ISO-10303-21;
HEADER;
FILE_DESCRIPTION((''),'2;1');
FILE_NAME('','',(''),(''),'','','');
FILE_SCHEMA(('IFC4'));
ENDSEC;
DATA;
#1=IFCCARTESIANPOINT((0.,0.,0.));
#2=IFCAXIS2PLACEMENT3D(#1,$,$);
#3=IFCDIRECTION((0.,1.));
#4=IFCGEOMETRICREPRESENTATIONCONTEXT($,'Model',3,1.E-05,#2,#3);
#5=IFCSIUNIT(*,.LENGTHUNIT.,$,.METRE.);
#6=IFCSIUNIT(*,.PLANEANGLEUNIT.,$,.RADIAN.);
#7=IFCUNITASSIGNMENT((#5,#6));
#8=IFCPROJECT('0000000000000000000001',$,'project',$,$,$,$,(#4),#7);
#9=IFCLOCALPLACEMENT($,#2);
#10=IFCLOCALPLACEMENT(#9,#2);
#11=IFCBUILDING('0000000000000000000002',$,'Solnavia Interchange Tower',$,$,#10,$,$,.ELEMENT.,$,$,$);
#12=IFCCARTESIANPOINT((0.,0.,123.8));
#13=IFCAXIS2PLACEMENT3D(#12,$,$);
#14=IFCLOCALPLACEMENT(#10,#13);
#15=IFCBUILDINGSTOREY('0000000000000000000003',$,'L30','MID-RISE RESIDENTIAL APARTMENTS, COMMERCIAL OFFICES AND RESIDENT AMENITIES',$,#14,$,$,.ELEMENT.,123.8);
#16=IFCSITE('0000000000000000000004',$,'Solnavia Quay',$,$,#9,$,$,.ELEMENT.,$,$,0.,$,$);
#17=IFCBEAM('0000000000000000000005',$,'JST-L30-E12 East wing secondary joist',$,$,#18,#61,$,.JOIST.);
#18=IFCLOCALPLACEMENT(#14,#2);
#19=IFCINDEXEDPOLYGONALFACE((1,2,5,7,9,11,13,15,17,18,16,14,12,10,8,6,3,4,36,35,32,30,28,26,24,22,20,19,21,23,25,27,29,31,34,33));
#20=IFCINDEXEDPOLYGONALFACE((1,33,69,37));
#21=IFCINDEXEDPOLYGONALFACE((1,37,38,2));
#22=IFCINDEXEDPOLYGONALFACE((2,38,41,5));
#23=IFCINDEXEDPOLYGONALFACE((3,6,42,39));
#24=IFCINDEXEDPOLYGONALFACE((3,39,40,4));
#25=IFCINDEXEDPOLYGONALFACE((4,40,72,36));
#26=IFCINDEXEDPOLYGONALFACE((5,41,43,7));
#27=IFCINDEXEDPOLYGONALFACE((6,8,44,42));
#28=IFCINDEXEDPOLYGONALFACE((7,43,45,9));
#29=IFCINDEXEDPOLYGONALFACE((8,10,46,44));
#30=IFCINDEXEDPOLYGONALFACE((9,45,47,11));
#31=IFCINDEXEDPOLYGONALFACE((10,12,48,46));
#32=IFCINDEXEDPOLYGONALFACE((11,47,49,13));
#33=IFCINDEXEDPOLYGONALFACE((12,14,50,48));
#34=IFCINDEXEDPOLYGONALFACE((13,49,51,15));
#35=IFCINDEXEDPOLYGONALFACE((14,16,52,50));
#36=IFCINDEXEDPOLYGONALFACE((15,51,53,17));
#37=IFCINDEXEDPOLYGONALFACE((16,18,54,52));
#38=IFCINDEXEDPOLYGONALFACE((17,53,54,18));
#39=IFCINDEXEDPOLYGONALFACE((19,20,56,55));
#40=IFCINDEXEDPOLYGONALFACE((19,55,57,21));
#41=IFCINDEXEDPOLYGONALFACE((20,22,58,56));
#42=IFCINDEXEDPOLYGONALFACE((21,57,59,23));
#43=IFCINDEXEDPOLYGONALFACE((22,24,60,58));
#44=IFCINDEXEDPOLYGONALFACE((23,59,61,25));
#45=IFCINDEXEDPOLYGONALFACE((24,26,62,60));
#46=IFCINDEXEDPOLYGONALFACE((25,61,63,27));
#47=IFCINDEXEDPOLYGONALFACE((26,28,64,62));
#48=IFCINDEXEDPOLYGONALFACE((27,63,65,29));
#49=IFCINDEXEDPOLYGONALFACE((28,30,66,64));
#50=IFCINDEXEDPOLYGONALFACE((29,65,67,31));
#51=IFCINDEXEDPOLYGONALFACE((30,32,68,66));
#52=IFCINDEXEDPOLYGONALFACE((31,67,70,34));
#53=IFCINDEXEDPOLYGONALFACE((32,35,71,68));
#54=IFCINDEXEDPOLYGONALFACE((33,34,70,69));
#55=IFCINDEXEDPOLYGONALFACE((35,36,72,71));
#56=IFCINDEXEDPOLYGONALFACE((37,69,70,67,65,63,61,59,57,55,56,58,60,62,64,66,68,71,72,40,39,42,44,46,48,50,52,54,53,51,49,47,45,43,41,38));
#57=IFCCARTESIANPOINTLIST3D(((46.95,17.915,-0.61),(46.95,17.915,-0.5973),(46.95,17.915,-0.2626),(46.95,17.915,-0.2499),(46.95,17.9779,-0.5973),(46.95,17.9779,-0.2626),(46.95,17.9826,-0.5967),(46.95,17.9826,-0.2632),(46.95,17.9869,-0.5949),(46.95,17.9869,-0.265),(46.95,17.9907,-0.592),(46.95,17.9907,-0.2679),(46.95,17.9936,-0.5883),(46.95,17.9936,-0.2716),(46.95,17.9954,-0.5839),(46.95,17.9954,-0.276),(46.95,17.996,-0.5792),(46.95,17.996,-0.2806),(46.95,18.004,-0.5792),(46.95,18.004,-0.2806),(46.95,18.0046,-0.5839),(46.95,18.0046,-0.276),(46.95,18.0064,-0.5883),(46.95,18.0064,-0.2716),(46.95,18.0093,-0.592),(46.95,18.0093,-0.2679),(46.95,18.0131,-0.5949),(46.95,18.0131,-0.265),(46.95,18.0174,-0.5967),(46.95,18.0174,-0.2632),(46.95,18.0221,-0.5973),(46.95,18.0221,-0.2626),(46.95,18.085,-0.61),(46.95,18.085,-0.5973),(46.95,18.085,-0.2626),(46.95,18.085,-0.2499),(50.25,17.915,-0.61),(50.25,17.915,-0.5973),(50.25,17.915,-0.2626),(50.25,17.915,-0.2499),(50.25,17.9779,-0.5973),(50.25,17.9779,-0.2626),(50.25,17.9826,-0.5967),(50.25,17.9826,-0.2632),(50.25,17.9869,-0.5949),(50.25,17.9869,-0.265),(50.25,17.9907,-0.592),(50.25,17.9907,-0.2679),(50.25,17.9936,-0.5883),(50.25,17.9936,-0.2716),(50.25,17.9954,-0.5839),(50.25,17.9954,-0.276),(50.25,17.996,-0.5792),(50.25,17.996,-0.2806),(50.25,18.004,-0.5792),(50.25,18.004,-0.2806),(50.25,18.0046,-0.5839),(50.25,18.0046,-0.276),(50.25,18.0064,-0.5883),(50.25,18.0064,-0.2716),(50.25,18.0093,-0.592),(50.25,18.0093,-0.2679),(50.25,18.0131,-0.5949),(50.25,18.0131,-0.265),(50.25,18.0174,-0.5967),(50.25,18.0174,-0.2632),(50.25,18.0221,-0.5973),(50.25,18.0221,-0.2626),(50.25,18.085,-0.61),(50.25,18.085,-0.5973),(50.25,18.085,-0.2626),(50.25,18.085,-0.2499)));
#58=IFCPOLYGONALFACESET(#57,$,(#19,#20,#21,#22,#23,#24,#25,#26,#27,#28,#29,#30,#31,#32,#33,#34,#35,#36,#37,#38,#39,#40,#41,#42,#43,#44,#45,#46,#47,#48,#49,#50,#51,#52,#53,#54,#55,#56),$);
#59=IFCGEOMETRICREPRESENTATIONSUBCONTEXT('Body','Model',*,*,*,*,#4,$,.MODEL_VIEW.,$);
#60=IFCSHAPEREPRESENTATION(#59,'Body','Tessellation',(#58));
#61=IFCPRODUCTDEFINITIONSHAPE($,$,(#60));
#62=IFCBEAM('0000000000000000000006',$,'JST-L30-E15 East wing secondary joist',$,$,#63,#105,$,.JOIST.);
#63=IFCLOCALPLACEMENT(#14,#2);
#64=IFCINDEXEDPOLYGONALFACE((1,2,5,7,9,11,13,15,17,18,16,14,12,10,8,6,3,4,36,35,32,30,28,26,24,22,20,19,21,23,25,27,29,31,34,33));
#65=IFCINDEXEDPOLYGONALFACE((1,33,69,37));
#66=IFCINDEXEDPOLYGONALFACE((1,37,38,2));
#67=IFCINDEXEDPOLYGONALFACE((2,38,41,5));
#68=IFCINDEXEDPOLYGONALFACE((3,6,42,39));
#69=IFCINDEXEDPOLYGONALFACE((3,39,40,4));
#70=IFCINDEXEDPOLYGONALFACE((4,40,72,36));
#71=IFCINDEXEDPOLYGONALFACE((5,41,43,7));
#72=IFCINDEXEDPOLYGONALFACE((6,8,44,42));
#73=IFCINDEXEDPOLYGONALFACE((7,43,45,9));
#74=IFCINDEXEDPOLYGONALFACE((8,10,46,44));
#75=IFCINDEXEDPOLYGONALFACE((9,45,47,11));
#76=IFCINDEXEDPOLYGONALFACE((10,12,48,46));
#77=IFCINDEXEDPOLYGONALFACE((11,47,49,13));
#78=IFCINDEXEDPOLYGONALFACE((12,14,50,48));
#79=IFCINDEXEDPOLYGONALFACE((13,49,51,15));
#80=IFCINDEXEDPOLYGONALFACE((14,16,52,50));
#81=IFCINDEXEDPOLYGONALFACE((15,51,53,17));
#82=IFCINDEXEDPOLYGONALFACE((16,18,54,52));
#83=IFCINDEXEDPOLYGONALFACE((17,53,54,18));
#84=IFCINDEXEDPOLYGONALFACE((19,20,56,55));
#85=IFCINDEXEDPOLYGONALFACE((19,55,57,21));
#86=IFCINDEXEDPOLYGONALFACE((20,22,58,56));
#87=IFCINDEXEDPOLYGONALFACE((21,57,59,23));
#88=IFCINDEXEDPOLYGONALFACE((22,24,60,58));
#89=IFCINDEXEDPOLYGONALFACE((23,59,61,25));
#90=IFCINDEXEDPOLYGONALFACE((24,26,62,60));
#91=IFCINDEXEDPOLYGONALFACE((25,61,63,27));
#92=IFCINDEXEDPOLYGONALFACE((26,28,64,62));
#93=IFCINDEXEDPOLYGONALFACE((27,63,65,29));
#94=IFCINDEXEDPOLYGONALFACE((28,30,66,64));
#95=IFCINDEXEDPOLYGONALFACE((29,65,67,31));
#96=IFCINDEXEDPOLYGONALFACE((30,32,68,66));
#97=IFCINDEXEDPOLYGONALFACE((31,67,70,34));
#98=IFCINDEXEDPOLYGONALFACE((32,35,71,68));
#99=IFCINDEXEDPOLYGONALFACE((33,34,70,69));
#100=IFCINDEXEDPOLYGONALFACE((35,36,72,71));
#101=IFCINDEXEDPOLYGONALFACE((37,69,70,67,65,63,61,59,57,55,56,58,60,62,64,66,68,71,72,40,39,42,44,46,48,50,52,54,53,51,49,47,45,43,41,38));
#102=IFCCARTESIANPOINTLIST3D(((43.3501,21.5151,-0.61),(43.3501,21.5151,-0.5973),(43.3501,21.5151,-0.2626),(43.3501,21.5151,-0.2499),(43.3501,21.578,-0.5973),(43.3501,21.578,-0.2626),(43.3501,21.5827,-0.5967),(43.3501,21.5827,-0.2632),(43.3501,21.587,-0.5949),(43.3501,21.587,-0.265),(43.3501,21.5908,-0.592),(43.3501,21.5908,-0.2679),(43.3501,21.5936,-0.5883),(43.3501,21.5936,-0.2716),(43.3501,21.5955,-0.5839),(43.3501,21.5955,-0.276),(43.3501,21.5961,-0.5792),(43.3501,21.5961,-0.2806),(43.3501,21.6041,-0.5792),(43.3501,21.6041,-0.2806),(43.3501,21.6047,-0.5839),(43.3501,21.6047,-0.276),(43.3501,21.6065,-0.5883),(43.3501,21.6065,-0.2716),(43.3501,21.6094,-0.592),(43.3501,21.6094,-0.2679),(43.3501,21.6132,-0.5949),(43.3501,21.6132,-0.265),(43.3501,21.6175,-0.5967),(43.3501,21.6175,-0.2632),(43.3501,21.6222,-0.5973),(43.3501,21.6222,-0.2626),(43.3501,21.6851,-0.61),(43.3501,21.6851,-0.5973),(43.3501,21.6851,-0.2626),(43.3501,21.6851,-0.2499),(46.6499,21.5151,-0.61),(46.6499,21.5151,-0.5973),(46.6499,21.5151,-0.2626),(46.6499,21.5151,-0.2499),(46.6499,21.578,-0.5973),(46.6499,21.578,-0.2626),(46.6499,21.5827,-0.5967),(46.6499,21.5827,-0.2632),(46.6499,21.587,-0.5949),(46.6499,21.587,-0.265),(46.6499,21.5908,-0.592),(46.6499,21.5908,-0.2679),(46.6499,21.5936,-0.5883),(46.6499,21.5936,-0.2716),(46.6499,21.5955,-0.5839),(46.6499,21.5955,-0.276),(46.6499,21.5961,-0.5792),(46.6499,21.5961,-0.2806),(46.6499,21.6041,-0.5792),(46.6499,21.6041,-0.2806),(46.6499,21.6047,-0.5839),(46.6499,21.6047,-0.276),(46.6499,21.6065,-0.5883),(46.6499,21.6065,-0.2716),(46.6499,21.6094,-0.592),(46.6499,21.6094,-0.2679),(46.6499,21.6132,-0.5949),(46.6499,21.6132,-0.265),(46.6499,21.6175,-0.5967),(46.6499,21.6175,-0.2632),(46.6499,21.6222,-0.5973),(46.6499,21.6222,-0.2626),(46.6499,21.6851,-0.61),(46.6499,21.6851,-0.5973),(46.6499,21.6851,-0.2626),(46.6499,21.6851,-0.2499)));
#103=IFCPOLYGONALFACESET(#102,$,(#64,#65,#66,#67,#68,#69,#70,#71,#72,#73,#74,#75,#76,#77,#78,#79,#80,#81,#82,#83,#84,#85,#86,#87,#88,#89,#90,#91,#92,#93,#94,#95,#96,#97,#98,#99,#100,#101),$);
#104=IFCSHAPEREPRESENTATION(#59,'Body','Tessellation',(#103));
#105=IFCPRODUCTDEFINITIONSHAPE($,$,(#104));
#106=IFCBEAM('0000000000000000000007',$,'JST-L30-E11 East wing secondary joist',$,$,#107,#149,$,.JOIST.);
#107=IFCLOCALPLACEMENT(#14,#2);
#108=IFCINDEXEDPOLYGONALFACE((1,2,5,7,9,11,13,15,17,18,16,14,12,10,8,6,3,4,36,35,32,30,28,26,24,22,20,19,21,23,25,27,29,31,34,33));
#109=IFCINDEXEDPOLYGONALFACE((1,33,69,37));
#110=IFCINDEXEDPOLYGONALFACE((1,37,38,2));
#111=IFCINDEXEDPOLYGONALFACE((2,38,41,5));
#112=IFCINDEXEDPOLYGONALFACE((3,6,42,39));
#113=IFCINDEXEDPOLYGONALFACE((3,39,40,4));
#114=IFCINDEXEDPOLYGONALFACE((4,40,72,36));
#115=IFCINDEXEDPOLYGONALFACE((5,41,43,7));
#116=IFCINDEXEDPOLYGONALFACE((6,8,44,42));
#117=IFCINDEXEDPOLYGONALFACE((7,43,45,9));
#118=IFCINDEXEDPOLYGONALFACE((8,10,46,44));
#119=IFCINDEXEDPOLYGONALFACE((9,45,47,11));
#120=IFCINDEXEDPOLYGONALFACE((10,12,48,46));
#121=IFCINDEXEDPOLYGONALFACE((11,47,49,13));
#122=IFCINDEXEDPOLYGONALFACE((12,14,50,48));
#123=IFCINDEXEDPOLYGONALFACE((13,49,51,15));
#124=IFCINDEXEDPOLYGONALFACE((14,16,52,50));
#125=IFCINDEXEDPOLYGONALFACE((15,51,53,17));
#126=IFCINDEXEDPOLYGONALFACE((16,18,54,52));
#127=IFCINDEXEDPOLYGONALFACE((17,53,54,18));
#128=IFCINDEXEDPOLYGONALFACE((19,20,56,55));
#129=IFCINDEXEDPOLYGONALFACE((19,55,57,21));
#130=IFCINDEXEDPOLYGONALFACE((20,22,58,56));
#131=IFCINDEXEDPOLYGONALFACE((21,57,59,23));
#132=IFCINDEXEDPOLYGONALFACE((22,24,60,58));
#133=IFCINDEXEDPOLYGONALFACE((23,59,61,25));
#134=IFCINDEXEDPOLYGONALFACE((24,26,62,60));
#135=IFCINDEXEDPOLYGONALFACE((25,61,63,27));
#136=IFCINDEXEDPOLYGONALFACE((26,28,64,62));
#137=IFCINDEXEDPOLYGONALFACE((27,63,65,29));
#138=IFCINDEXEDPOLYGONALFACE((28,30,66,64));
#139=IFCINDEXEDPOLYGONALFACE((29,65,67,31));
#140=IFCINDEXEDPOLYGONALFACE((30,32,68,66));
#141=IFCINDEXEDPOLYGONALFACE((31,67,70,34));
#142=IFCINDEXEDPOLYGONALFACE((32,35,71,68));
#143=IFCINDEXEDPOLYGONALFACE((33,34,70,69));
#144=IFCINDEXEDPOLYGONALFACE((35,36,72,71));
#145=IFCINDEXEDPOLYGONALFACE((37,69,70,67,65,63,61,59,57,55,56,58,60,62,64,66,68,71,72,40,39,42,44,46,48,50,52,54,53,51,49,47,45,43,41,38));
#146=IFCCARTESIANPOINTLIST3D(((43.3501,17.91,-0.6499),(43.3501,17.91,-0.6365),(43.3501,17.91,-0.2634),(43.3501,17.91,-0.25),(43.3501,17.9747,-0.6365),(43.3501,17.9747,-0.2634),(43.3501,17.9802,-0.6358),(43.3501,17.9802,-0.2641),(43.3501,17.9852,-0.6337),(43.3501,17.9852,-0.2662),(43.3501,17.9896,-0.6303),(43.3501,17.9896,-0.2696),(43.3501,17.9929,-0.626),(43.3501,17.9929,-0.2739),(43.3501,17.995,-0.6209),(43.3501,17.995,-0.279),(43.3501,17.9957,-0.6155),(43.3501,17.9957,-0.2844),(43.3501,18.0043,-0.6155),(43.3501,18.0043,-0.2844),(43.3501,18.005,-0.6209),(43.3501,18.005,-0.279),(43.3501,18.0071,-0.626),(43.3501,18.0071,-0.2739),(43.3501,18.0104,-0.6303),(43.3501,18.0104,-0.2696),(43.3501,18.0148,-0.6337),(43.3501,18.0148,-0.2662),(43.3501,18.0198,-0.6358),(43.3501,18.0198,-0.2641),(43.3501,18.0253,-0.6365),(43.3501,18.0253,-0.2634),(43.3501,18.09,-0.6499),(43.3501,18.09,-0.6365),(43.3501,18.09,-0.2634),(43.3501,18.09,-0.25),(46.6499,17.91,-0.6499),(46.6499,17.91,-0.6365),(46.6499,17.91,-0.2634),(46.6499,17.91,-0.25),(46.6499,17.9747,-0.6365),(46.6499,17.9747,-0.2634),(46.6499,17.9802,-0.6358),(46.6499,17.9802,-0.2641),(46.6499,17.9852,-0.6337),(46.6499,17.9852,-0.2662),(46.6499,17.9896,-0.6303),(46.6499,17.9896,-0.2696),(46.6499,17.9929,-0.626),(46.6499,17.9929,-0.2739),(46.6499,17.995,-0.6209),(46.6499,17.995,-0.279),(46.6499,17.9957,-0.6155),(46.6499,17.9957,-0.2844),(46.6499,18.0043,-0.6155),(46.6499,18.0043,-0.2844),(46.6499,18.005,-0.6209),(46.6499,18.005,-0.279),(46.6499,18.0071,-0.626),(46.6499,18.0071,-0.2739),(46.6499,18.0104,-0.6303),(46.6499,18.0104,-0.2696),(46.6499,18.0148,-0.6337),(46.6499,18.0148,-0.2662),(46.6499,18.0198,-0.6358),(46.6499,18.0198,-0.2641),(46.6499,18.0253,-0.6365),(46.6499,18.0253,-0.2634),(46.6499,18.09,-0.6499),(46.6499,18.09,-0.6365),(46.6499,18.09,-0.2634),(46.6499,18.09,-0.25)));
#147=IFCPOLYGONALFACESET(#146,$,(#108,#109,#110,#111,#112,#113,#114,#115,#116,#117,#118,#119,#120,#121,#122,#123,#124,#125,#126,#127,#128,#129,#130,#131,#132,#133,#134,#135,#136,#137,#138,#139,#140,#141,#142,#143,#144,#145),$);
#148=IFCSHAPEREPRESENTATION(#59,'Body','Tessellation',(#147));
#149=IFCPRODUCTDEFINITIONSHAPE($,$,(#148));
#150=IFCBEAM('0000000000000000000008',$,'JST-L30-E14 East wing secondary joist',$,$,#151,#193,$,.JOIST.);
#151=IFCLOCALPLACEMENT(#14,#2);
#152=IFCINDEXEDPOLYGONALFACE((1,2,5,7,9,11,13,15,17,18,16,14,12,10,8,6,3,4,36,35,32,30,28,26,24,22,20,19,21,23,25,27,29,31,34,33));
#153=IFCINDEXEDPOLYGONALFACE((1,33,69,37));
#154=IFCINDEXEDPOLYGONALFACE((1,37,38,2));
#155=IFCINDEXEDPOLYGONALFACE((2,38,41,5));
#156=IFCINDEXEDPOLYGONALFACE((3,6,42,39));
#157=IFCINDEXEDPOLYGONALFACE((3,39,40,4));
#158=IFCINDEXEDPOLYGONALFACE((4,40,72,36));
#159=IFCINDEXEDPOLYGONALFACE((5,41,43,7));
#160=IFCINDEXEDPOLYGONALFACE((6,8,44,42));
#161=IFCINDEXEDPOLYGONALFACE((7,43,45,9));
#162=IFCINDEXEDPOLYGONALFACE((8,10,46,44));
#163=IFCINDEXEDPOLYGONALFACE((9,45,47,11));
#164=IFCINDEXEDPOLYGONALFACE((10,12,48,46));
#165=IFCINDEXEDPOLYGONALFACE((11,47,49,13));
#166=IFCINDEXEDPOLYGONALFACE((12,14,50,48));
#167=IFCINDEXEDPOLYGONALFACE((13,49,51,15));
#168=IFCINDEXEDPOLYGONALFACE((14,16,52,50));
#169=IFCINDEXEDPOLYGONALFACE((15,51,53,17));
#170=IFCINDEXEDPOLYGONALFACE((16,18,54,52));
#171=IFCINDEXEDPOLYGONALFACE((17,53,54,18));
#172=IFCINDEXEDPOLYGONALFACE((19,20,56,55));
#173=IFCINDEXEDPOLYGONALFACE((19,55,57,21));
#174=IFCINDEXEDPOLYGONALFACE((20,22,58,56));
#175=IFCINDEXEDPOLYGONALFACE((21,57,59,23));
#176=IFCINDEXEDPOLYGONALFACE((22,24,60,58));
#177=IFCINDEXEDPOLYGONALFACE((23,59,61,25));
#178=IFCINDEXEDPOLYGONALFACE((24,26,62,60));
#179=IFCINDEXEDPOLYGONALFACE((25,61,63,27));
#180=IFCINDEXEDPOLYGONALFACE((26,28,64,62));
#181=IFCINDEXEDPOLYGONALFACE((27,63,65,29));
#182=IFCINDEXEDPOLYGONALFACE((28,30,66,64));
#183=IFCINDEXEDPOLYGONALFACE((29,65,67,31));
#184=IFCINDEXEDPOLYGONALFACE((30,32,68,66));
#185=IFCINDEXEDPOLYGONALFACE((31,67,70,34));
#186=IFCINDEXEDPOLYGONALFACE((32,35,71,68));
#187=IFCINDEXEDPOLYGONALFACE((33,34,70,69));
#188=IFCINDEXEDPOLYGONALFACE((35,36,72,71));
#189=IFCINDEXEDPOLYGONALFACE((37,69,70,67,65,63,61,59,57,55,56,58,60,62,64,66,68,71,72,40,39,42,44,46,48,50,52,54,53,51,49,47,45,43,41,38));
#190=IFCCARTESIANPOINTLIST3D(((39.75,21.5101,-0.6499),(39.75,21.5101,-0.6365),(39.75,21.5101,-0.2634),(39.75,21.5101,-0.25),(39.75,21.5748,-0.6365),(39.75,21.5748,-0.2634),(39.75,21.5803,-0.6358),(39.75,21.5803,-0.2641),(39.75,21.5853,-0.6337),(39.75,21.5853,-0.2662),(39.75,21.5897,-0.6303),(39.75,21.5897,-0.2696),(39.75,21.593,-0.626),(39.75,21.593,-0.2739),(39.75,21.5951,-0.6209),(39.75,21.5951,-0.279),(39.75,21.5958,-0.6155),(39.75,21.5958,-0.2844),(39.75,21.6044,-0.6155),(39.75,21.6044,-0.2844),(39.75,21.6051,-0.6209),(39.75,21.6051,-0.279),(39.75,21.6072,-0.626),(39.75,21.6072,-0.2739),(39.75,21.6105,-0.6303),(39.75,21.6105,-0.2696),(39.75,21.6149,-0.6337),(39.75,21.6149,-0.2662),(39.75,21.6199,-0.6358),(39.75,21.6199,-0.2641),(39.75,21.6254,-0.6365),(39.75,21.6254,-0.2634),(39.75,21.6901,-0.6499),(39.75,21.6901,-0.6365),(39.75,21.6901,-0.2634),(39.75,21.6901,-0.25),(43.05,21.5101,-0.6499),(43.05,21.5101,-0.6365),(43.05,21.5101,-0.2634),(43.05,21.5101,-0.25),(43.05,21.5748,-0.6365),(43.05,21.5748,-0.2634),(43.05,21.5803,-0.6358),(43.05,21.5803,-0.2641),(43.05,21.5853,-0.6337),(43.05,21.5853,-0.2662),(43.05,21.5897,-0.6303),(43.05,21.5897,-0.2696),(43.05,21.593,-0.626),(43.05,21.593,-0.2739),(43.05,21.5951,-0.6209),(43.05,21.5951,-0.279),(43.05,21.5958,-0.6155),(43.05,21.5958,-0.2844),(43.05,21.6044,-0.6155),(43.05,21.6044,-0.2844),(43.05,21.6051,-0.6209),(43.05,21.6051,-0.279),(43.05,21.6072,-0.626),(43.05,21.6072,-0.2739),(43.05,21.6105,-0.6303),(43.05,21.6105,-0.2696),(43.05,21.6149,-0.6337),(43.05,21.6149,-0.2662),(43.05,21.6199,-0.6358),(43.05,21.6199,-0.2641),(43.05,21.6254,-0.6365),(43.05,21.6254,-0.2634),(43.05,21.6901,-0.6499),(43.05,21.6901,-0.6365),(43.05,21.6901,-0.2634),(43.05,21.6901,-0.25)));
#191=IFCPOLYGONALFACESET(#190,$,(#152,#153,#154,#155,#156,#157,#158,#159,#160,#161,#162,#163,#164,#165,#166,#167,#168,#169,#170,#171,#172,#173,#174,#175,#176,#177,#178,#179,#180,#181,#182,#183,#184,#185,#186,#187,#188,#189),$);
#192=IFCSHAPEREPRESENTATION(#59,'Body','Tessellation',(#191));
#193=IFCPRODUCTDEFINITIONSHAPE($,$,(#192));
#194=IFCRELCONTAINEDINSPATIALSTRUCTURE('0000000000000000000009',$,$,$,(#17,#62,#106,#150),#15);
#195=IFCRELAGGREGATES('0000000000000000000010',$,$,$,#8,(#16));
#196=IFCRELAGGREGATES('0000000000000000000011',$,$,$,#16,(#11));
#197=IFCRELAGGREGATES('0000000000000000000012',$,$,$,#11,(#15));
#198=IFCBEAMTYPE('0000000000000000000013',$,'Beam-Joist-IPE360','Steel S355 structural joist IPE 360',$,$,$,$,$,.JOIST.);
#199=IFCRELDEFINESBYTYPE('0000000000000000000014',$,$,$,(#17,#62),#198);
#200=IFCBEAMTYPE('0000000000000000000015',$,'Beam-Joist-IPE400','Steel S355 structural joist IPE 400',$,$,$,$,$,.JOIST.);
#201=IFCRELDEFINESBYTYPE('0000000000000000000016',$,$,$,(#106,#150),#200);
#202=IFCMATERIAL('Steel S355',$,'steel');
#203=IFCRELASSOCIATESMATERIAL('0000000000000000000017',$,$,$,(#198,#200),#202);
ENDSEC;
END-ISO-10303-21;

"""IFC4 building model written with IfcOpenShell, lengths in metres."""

from ifc_helpers import new_model, si_unit, direction, frame, origin, origin_2d, place, context, subcontext, project, spatial, i_section, extrude, material, material_profile, profile_set, type_object, element, save


model = new_model("IFC4")

# Units and contexts
model_context = context("Model", 3, precision=1e-05, world=origin(), true_north=direction((0.0, 1.0)))
body_context = subcontext(model_context, "Body", "Model", "MODEL_VIEW")
ifc_project = project(units=[si_unit("LENGTHUNIT", "METRE"), si_unit("PLANEANGLEUNIT", "RADIAN")], contexts=[model_context])

# Site, building, storey
site_placement = place(None, origin())
site = spatial("IfcSite", under=ifc_project, at=site_placement, Name="Solnavia Quay", CompositionType="ELEMENT", RefElevation=0.0)
building_placement = place(site_placement, origin())
building = spatial("IfcBuilding", under=site, at=building_placement, Name="Solnavia Interchange Tower", CompositionType="ELEMENT")
storey_placement = place(building_placement, frame((0.0, 0.0, 123.8)))
storey = spatial("IfcBuildingStorey", under=building, at=storey_placement, Name="L30", Description="MID-RISE RESIDENTIAL APARTMENTS, COMMERCIAL OFFICES AND RESIDENT AMENITIES", CompositionType="ELEMENT", Elevation=123.8)

# Shared definitions
ifc_material_1 = material(Name="Steel S355", Category="steel")

# Beams
ifc_material_profile_1 = material_profile(ifc_material_1, i_section(OverallWidth=0.1699, OverallDepth=0.3601, WebThickness=0.0081, FlangeThickness=0.0127, FilletRadius=0.0181, at=origin_2d()), Name="IPE 360")
ifc_profile_set_1 = profile_set([ifc_material_profile_1], Name="Steel S355")
beam_type_1 = type_object("IfcBeamType", Name="Beam-Joist-IPE360", Description="Steel S355 structural joist IPE 360", PredefinedType="JOIST", material=ifc_profile_set_1)
for number, where, z_axis, x_axis, name in (
    (1, (46.95, 18.0, -0.4299), (1.0, 0.0, 0.0), (0.0, 1.0, 0.0), "JST-L30-E12 East wing secondary joist"),
):
    element("IfcBeam", number, at=place(storey_placement, frame(where, z_axis=z_axis, x_axis=x_axis)), inside=storey, type_object=beam_type_1, Name=name, PredefinedType="JOIST", context=body_context, shape_type="SweptSolid", body=[
        extrude(i_section(OverallWidth=0.1699, OverallDepth=0.3601, WebThickness=0.0081, FlangeThickness=0.0127, FilletRadius=0.0181, at=origin_2d()), origin(), (0.0, 0.0, 1.0), 3.3),
    ])
beam_1_placement = place(storey_placement, frame((43.3501, 21.6001, -0.4299), z_axis=(1.0, 0.0, 0.0), x_axis=(0.0, 1.0, 0.0)))
element("IfcBeam", 2, at=beam_1_placement, inside=storey, type_object=beam_type_1, Name="JST-L30-E15 East wing secondary joist", PredefinedType="JOIST", context=body_context, shape_type="SweptSolid", body=[
    extrude(i_section(OverallWidth=0.1699, OverallDepth=0.3601, WebThickness=0.0081, FlangeThickness=0.0127, FilletRadius=0.0181, at=origin_2d()), origin(), (0.0, 0.0, 1.0), 3.2998),
])
ifc_material_profile_2 = material_profile(ifc_material_1, i_section(OverallWidth=0.1799, OverallDepth=0.3999, WebThickness=0.0085, FlangeThickness=0.0134, FilletRadius=0.021, at=origin_2d()), Name="IPE 400")
ifc_profile_set_2 = profile_set([ifc_material_profile_2], Name="Steel S355")
beam_type_2 = type_object("IfcBeamType", Name="Beam-Joist-IPE400", Description="Steel S355 structural joist IPE 400", PredefinedType="JOIST", material=ifc_profile_set_2)
beam_2_placement = place(storey_placement, frame((43.3501, 18.0, -0.45), z_axis=(1.0, 0.0, 0.0), x_axis=(0.0, 1.0, 0.0)))
element("IfcBeam", 3, at=beam_2_placement, inside=storey, type_object=beam_type_2, Name="JST-L30-E11 East wing secondary joist", PredefinedType="JOIST", context=body_context, shape_type="SweptSolid", body=[
    extrude(i_section(OverallWidth=0.1799, OverallDepth=0.3999, WebThickness=0.0085, FlangeThickness=0.0134, FilletRadius=0.021, at=origin_2d()), origin(), (0.0, 0.0, 1.0), 3.2998),
])
beam_3_placement = place(storey_placement, frame((39.75, 21.6001, -0.45), z_axis=(1.0, 0.0, 0.0), x_axis=(0.0, 1.0, 0.0)))
element("IfcBeam", 4, at=beam_3_placement, inside=storey, type_object=beam_type_2, Name="JST-L30-E14 East wing secondary joist", PredefinedType="JOIST", context=body_context, shape_type="SweptSolid", body=[
    extrude(i_section(OverallWidth=0.1799, OverallDepth=0.3999, WebThickness=0.0085, FlangeThickness=0.0134, FilletRadius=0.021, at=origin_2d()), origin(), (0.0, 0.0, 1.0), 3.3),
])

save(model, "model.ifc")
